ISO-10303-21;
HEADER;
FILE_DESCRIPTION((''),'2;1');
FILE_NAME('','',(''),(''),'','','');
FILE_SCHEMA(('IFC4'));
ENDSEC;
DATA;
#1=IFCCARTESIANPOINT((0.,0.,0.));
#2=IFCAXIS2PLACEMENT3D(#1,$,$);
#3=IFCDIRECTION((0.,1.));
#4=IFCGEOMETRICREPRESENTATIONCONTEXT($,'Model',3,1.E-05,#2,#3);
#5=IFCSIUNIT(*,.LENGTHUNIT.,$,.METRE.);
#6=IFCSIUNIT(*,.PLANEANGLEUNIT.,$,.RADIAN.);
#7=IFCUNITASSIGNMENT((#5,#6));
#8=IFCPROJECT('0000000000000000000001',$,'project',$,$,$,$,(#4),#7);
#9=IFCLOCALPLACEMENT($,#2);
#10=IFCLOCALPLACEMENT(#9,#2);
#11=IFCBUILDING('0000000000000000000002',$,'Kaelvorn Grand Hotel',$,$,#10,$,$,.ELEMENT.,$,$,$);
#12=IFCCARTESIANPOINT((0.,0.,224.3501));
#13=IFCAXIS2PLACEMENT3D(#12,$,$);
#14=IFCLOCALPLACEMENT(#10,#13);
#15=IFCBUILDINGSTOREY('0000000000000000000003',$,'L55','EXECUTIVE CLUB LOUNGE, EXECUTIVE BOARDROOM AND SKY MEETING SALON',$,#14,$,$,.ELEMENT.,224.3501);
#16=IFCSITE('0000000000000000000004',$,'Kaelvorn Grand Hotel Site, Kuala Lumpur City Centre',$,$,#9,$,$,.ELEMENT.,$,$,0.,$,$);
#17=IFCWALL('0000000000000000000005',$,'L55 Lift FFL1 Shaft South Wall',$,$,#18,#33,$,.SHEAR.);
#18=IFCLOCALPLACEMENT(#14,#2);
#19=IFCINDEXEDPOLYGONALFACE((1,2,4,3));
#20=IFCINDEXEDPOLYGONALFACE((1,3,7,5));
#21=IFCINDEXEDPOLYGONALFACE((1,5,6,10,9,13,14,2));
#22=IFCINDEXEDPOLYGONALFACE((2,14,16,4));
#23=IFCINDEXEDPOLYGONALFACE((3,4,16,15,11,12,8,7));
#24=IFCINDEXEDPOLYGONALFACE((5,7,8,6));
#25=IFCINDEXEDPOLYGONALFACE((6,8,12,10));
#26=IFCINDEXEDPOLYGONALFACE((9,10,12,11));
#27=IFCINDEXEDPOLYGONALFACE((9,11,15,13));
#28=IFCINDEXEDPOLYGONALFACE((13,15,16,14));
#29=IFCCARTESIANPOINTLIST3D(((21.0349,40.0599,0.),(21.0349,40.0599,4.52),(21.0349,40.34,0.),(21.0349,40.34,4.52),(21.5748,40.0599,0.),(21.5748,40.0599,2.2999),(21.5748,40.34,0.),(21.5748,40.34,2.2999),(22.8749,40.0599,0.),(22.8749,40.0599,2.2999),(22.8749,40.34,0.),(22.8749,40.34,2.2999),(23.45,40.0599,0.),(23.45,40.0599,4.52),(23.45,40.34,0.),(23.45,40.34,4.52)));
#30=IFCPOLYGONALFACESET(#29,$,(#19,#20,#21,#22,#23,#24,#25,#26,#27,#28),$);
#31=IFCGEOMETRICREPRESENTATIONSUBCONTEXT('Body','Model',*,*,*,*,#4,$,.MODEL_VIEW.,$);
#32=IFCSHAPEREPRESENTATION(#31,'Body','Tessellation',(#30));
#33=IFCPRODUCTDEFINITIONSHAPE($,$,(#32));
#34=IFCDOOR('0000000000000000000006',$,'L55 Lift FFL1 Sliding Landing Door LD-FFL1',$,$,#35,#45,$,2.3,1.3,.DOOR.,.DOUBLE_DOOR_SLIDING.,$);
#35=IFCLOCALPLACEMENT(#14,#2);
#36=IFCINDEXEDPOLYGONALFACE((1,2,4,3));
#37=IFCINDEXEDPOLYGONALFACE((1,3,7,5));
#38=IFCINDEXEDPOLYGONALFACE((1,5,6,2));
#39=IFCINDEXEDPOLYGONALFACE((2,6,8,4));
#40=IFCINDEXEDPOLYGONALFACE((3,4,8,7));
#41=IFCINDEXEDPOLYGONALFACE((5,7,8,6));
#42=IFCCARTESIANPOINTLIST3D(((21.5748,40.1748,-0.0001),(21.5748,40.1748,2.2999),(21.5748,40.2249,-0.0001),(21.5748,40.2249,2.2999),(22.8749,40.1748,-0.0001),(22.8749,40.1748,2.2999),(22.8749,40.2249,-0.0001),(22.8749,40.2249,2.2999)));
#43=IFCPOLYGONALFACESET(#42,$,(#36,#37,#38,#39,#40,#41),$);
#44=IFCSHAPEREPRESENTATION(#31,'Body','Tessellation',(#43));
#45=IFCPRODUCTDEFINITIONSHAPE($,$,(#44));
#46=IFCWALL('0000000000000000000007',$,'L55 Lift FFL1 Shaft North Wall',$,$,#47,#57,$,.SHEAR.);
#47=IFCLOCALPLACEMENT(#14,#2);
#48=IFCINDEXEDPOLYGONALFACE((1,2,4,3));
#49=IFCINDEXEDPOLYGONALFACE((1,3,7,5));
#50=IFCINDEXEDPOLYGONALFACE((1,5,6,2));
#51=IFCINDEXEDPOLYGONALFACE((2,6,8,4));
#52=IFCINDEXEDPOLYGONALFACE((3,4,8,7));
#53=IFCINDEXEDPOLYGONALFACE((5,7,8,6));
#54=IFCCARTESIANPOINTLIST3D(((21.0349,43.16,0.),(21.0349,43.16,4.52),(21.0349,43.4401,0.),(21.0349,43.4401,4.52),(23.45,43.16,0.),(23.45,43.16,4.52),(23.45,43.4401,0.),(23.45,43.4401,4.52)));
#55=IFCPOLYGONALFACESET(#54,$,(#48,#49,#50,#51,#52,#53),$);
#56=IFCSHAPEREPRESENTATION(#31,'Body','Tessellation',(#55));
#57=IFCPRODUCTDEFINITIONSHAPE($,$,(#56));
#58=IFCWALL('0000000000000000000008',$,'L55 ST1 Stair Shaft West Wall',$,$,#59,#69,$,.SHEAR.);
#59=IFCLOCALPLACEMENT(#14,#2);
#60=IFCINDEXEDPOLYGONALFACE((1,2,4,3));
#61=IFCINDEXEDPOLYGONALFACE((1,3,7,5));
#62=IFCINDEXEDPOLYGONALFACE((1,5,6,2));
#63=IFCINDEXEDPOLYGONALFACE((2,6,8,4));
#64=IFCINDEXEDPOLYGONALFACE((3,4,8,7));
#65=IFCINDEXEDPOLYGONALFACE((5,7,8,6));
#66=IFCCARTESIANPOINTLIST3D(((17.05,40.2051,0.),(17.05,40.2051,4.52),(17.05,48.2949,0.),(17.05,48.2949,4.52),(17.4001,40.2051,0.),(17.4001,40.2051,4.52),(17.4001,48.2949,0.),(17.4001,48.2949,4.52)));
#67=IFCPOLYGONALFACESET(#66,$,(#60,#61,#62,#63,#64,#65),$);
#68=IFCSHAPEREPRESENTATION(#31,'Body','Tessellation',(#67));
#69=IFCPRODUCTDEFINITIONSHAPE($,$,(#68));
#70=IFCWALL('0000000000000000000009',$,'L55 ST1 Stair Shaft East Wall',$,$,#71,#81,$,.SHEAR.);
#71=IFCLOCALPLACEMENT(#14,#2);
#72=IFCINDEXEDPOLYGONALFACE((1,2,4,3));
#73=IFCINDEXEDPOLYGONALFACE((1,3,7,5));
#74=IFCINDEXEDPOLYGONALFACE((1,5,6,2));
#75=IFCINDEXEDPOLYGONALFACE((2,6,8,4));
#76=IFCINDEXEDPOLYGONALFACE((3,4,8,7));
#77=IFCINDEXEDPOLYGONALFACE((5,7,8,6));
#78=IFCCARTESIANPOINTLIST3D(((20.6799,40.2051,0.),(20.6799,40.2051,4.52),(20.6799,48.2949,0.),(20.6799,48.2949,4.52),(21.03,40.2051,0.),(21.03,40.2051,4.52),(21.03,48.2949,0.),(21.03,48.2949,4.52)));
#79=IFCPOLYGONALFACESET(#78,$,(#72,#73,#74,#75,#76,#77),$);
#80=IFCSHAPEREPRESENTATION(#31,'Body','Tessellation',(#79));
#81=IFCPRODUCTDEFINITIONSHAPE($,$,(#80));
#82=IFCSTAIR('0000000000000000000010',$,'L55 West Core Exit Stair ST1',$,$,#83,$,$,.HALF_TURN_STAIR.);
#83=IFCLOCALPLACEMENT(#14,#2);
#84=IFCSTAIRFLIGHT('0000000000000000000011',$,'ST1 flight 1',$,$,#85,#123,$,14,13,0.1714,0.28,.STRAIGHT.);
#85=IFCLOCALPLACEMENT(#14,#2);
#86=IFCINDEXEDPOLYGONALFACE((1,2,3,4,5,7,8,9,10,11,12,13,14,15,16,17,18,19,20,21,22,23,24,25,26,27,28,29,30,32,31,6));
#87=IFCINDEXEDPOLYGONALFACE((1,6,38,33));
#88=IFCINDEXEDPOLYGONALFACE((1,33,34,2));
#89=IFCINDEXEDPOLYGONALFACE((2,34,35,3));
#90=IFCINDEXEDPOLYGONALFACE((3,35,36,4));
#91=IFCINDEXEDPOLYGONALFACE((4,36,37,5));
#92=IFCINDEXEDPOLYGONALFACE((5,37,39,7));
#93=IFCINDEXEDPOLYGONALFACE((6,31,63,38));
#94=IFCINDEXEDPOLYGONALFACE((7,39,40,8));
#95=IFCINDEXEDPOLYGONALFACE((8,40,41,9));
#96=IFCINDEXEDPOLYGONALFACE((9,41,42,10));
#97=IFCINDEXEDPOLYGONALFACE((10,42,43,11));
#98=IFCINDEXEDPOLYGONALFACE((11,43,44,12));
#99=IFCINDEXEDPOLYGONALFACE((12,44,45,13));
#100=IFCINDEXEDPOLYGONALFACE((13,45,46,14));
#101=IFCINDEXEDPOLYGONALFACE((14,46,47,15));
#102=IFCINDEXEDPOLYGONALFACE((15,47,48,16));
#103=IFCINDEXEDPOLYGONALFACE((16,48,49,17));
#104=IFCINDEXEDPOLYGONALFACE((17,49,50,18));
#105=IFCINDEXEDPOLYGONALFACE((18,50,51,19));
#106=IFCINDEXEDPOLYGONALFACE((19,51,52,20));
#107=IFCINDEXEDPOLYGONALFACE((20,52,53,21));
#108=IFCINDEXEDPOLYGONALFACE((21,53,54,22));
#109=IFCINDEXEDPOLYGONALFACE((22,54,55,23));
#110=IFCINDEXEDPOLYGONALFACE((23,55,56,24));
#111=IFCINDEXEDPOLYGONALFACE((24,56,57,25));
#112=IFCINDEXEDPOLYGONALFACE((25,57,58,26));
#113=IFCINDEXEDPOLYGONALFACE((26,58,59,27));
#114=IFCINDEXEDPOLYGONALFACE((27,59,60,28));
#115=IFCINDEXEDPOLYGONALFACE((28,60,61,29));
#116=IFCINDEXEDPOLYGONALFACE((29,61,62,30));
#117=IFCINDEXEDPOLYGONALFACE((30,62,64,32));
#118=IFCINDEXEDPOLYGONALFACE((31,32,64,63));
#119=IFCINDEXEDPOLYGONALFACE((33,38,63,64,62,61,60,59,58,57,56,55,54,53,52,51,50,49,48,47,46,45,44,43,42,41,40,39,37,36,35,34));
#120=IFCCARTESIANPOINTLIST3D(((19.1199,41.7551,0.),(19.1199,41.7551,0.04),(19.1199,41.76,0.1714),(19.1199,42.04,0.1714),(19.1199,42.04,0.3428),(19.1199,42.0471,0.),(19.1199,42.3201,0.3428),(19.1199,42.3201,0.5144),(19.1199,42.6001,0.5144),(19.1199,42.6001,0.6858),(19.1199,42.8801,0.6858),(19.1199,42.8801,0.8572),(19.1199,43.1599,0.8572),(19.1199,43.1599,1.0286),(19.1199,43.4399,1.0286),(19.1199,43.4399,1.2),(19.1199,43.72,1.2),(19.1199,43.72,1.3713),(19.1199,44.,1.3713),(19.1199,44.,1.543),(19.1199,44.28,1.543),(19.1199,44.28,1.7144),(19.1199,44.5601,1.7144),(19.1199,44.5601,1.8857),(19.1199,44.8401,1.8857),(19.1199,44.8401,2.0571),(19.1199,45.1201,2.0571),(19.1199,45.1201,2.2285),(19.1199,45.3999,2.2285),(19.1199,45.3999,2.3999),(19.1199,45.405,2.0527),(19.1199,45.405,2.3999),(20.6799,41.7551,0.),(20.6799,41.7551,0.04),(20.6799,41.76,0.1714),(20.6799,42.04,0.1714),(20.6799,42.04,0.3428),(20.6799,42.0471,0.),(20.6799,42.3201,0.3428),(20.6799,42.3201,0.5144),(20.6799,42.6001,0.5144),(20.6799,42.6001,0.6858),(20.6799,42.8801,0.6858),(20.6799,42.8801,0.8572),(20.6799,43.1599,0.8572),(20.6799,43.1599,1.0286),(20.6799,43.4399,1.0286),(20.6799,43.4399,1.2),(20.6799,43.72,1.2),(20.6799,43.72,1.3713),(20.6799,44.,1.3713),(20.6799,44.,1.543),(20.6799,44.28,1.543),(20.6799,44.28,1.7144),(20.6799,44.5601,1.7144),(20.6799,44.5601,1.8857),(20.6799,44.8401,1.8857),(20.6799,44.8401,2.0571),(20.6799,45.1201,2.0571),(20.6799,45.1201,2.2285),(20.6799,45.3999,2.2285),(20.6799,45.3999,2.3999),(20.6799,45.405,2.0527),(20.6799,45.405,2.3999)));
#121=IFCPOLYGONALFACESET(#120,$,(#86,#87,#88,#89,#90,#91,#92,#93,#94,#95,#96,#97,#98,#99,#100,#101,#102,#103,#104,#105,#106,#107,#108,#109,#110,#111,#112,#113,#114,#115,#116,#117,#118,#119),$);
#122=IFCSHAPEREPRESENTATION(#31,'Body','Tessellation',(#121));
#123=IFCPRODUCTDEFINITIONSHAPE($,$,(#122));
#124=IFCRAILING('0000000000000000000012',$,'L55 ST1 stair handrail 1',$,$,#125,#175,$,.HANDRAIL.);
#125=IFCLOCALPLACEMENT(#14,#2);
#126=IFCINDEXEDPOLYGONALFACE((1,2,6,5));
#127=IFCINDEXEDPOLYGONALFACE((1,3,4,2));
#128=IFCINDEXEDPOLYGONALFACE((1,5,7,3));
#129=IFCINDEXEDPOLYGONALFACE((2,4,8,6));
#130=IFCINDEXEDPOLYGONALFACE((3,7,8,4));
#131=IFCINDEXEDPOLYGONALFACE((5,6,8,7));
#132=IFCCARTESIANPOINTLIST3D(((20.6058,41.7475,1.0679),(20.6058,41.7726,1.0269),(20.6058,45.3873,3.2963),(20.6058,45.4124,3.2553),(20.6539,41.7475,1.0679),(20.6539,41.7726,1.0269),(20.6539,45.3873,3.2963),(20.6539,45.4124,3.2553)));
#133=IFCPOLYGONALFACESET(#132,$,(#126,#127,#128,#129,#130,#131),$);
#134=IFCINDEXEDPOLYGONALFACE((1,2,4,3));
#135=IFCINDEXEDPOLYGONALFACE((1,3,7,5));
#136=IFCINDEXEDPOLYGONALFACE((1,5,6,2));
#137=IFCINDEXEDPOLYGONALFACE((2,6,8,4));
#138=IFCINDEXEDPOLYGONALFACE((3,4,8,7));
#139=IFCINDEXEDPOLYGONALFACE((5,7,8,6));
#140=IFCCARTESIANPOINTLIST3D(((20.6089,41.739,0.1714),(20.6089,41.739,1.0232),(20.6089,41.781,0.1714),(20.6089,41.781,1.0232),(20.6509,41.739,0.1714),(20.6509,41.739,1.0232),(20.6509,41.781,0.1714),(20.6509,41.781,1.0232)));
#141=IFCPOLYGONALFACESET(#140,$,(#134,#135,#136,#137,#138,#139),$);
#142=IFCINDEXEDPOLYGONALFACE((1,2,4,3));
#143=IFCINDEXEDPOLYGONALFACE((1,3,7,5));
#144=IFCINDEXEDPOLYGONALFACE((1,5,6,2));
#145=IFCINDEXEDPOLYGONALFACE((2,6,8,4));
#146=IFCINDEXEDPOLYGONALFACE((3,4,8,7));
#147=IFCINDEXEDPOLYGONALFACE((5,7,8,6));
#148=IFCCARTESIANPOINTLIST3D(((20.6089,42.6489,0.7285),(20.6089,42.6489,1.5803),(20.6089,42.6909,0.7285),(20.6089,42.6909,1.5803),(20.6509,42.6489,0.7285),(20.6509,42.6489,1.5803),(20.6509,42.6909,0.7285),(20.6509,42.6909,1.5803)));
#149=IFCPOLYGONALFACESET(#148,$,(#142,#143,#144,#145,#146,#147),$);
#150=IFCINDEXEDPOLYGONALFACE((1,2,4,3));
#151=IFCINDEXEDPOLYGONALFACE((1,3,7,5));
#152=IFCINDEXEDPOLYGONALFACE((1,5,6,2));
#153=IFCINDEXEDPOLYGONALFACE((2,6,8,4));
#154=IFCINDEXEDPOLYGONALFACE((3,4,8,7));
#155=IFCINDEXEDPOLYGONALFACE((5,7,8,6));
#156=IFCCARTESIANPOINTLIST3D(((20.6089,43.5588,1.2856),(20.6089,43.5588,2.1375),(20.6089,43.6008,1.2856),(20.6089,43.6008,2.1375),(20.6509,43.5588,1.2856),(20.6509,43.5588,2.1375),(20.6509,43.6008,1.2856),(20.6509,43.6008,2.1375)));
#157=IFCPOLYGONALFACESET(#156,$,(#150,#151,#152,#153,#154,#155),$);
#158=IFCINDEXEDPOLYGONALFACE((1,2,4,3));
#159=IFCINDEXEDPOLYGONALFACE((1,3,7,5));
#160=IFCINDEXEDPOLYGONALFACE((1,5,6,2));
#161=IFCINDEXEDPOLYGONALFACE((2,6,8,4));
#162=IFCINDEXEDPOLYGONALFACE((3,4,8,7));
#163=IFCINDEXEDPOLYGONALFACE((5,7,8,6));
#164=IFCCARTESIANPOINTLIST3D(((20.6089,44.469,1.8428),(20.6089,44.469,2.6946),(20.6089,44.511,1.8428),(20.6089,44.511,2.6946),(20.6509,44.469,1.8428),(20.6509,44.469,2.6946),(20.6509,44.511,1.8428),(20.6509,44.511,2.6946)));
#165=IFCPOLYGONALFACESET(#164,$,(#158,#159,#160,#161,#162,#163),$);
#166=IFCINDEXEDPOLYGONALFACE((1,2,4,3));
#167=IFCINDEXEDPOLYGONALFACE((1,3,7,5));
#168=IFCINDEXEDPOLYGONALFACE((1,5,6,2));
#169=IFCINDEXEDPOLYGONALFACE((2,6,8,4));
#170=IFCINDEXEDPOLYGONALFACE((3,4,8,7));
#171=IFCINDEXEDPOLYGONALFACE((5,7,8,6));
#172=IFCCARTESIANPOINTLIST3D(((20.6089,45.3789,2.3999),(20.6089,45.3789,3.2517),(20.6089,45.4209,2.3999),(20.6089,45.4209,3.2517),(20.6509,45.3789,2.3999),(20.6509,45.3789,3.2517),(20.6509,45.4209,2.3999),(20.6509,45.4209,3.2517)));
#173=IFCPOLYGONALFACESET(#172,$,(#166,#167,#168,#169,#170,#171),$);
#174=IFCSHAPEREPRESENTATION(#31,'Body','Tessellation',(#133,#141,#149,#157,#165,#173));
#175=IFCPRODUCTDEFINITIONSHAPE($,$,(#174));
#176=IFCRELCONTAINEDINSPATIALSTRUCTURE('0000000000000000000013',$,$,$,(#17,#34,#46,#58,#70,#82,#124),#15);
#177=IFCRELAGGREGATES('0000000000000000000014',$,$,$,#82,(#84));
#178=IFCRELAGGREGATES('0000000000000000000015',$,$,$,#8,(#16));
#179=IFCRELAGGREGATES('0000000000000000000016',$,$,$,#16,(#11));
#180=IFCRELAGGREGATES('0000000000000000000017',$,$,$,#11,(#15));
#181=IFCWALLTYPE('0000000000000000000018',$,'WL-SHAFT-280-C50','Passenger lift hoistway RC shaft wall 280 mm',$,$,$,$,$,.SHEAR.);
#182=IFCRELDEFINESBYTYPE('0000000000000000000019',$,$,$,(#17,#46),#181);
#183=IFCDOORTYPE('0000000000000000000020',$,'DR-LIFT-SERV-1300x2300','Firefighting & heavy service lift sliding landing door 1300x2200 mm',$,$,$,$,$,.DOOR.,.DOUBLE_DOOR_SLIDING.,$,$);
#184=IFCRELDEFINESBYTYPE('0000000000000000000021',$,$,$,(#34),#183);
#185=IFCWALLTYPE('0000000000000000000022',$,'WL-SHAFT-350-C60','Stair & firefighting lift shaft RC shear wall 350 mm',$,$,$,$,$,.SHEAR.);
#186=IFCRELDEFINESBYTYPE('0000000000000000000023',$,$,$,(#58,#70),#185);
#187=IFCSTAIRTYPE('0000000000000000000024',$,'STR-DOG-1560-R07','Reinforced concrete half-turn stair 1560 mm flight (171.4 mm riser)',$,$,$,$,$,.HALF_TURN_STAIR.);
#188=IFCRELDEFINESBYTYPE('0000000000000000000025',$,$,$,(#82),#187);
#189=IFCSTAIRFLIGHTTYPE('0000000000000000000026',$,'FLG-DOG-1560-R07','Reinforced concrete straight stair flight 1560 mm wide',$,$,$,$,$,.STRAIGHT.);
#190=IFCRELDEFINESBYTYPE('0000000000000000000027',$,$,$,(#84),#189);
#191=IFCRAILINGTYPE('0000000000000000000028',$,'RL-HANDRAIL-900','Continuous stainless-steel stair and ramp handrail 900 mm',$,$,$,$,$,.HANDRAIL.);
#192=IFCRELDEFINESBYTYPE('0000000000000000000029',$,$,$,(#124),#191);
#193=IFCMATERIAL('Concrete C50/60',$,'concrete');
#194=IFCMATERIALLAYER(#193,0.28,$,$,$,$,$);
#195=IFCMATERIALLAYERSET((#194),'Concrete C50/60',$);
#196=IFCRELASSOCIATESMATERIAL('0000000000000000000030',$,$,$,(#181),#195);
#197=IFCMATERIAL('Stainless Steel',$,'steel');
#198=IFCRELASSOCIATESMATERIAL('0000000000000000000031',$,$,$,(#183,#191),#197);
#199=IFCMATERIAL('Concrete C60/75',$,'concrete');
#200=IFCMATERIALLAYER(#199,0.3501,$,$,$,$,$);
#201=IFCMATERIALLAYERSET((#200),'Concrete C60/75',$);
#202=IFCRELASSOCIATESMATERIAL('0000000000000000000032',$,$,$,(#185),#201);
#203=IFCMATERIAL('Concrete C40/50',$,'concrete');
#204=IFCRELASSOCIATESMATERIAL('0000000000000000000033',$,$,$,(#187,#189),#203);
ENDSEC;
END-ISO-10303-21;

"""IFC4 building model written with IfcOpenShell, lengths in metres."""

from ifc_helpers import new_model, si_unit, direction, frame, frame_2d, origin, origin_2d, place, context, subcontext, project, spatial, polyline, rectangle, outline, extrude, material, layer, layer_set, type_object, element, fill, aggregate, save


model = new_model("IFC4")

# Units and contexts
model_context = context("Model", 3, precision=1e-05, world=origin(), true_north=direction((0.0, 1.0)))
body_context = subcontext(model_context, "Body", "Model", "MODEL_VIEW")
ifc_project = project(units=[si_unit("LENGTHUNIT", "METRE"), si_unit("PLANEANGLEUNIT", "RADIAN")], contexts=[model_context])

# Site, building, storey
site_placement = place(None, origin())
site = spatial("IfcSite", under=ifc_project, at=site_placement, Name="Kaelvorn Grand Hotel Site, Kuala Lumpur City Centre", CompositionType="ELEMENT", RefElevation=0.0)
building_placement = place(site_placement, origin())
building = spatial("IfcBuilding", under=site, at=building_placement, Name="Kaelvorn Grand Hotel", CompositionType="ELEMENT")
storey_placement = place(building_placement, frame((0.0, 0.0, 224.3501)))
storey = spatial("IfcBuildingStorey", under=building, at=storey_placement, Name="L55", Description="EXECUTIVE CLUB LOUNGE, EXECUTIVE BOARDROOM AND SKY MEETING SALON", CompositionType="ELEMENT", Elevation=224.3501)

# Shared definitions
ifc_material_1 = material(Name="Concrete C60/75", Category="concrete")

# Shared definitions
ifc_material_2 = material(Name="Concrete C40/50", Category="concrete")

# Wall, opening, door
ifc_material_3 = material(Name="Concrete C50/60", Category="concrete")
ifc_layer_1 = layer(ifc_material_3, 0.28)
ifc_layer_set_1 = layer_set([ifc_layer_1], Name="Concrete C50/60")
wall_type_1 = type_object("IfcWallType", Name="WL-SHAFT-280-C50", Description="Passenger lift hoistway RC shaft wall 280 mm", PredefinedType="SHEAR", material=ifc_layer_set_1)
wall_1_placement = place(storey_placement, frame((21.0349, 40.2, 0.0), z_axis=(0.0, 0.0, 1.0), x_axis=(1.0, 0.0, 0.0)))
wall_1 = element("IfcWall", 1, at=wall_1_placement, inside=storey, type_object=wall_type_1, Name="L55 Lift FFL1 Shaft South Wall", PredefinedType="SHEAR", context=body_context, shape_type="SweptSolid", body=[
    extrude(rectangle(XDim=2.415, YDim=0.28, at=frame_2d((1.2075, 0.0))), origin(), (0.0, 0.0, 1.0), 4.52),
])
opening_1_placement = place(wall_1_placement, frame((0.54, 0.0, 0.0)))
opening_1 = element("IfcOpeningElement", 2, at=opening_1_placement, cuts=wall_1, PredefinedType="OPENING", context=body_context, shape_type="SweptSolid", body=[
    extrude(rectangle(XDim=1.3, YDim=2.3, at=frame_2d((0.6499, 1.1499))), frame((0.0, 0.1499, 0.0), z_axis=(0.0, -1.0, 0.0), x_axis=(1.0, 0.0, 0.0)), (0.0, 0.0, 1.0), 0.3),
])
ifc_material_4 = material(Name="Stainless Steel", Category="steel")
door_type_1 = type_object("IfcDoorType", Name="DR-LIFT-SERV-1300x2300", Description="Firefighting & heavy service lift sliding landing door 1300x2200 mm", OperationType="DOUBLE_DOOR_SLIDING", PredefinedType="DOOR", material=ifc_material_4)
door_1_placement = place(opening_1_placement, origin())
door_1 = element("IfcDoor", 3, at=door_1_placement, inside=storey, type_object=door_type_1, Name="L55 Lift FFL1 Sliding Landing Door LD-FFL1", OperationType="DOUBLE_DOOR_SLIDING", OverallHeight=2.3, OverallWidth=1.3, PredefinedType="DOOR", context=body_context, shape_type="SweptSolid", body=[
    extrude(rectangle(XDim=1.3, YDim=2.3, at=frame_2d((0.6499, 1.1499))), frame((0.0, 0.0249, 0.0), z_axis=(0.0, -1.0, 0.0), x_axis=(1.0, 0.0, 0.0)), (0.0, 0.0, 1.0), 0.05),
])
fill(opening_1, door_1)

# Wall
wall_2_placement = place(storey_placement, frame((21.0349, 43.3, 0.0), z_axis=(0.0, 0.0, 1.0), x_axis=(1.0, 0.0, 0.0)))
element("IfcWall", 4, at=wall_2_placement, inside=storey, type_object=wall_type_1, Name="L55 Lift FFL1 Shaft North Wall", PredefinedType="SHEAR", context=body_context, shape_type="SweptSolid", body=[
    extrude(rectangle(XDim=2.415, YDim=0.28, at=frame_2d((1.2075, 0.0))), origin(), (0.0, 0.0, 1.0), 4.52),
])

# Shared definitions
ifc_layer_2 = layer(ifc_material_1, 0.3501)
ifc_layer_set_2 = layer_set([ifc_layer_2], Name="Concrete C60/75")
wall_type_2 = type_object("IfcWallType", Name="WL-SHAFT-350-C60", Description="Stair & firefighting lift shaft RC shear wall 350 mm", PredefinedType="SHEAR", material=ifc_layer_set_2)

# Walls
for number, where, z_axis, x_axis, name in (
    (5, (17.2251, 40.2051, 0.0), (0.0, 0.0, 1.0), (0.0, 1.0, 0.0), "L55 ST1 Stair Shaft West Wall"),
    (6, (20.855, 40.2051, 0.0), (0.0, 0.0, 1.0), (0.0, 1.0, 0.0), "L55 ST1 Stair Shaft East Wall"),
):
    element("IfcWall", number, at=place(storey_placement, frame(where, z_axis=z_axis, x_axis=x_axis)), inside=storey, type_object=wall_type_2, Name=name, PredefinedType="SHEAR", context=body_context, shape_type="SweptSolid", body=[
        extrude(rectangle(XDim=8.0898, YDim=0.3501, at=frame_2d((4.0449, 0.0))), origin(), (0.0, 0.0, 1.0), 4.52),
    ])

# Stair, stair flight
stair_type = type_object("IfcStairType", Name="STR-DOG-1560-R07", Description="Reinforced concrete half-turn stair 1560 mm flight (171.4 mm riser)", PredefinedType="HALF_TURN_STAIR", material=ifc_material_2)
stair_placement = place(storey_placement, origin())
stair = element("IfcStair", 7, at=stair_placement, inside=storey, type_object=stair_type, Name="L55 West Core Exit Stair ST1", PredefinedType="HALF_TURN_STAIR")
stair_flight_type = type_object("IfcStairFlightType", Name="FLG-DOG-1560-R07", Description="Reinforced concrete straight stair flight 1560 mm wide", PredefinedType="STRAIGHT", material=ifc_material_2)
stair_flight_placement = place(storey_placement, frame((19.8999, 41.76, 0.0), z_axis=(0.0, 0.0, 1.0), x_axis=(0.0, 1.0, 0.0)))
stair_flight = element("IfcStairFlight", 8, at=stair_flight_placement, type_object=stair_flight_type, Name="ST1 flight 1", NumberOfRisers=14, NumberOfTreads=13, PredefinedType="STRAIGHT", RiserHeight=0.1714, TreadLength=0.28, context=body_context, shape_type="SweptSolid", body=[
    extrude(outline(polyline([(-0.0049, 0.0), (-0.0049, 0.04), (0.0, 0.1714), (0.28, 0.1714), (0.28, 0.3428), (0.5601, 0.3428), (0.5601, 0.5144), (0.8401, 0.5144), (0.8401, 0.6858), (1.1201, 0.6858), (1.1201, 0.8572), (1.3999, 0.8572), (1.3999, 1.0286), (1.6799, 1.0286), (1.6799, 1.2), (1.96, 1.2), (1.96, 1.3713), (2.24, 1.3713), (2.24, 1.543), (2.52, 1.543), (2.52, 1.7144), (2.8, 1.7144), (2.8, 1.8857), (3.0801, 1.8857), (3.0801, 2.0571), (3.3601, 2.0571), (3.3601, 2.2285), (3.6399, 2.2285), (3.6399, 2.3999), (3.645, 2.3999), (3.645, 2.0527), (0.2871, 0.0), (-0.0049, 0.0)])), frame((0.0, 0.78, 0.0), z_axis=(0.0, -1.0, 0.0), x_axis=(1.0, 0.0, 0.0)), (0.0, 0.0, 1.0), 1.5601),
])
aggregate(stair, [stair_flight])

# Railing
railing_type_1 = type_object("IfcRailingType", Name="RL-HANDRAIL-900", Description="Continuous stainless-steel stair and ramp handrail 900 mm", PredefinedType="HANDRAIL", material=ifc_material_4)
railing_1_placement = place(storey_placement, frame((20.6299, 41.76, 0.1714)))
element("IfcRailing", 9, at=railing_1_placement, inside=storey, type_object=railing_type_1, Name="L55 ST1 stair handrail 1", PredefinedType="HANDRAIL", context=body_context, shape_type="SweptSolid", body=[
    extrude(rectangle(XDim=0.0481, YDim=0.0481, at=origin_2d()), frame((0.0, 0.0, 0.876), z_axis=(0.0, 0.85285, 0.522156), x_axis=(-1.0, 0.0, 0.0)), (0.0, 0.0, 1.0), 4.2678),
    extrude(rectangle(XDim=0.042, YDim=0.042, at=origin_2d()), origin(), (0.0, 0.0, 1.0), 0.8518),
    extrude(rectangle(XDim=0.042, YDim=0.042, at=origin_2d()), frame((0.0, 0.9099, 0.5571)), (0.0, 0.0, 1.0), 0.8518),
    extrude(rectangle(XDim=0.042, YDim=0.042, at=origin_2d()), frame((0.0, 1.8198, 1.1143)), (0.0, 0.0, 1.0), 0.8518),
    extrude(rectangle(XDim=0.042, YDim=0.042, at=origin_2d()), frame((0.0, 2.73, 1.6714)), (0.0, 0.0, 1.0), 0.8518),
    extrude(rectangle(XDim=0.042, YDim=0.042, at=origin_2d()), frame((0.0, 3.6399, 2.2285)), (0.0, 0.0, 1.0), 0.8518),
])

save(model, "model.ifc")
